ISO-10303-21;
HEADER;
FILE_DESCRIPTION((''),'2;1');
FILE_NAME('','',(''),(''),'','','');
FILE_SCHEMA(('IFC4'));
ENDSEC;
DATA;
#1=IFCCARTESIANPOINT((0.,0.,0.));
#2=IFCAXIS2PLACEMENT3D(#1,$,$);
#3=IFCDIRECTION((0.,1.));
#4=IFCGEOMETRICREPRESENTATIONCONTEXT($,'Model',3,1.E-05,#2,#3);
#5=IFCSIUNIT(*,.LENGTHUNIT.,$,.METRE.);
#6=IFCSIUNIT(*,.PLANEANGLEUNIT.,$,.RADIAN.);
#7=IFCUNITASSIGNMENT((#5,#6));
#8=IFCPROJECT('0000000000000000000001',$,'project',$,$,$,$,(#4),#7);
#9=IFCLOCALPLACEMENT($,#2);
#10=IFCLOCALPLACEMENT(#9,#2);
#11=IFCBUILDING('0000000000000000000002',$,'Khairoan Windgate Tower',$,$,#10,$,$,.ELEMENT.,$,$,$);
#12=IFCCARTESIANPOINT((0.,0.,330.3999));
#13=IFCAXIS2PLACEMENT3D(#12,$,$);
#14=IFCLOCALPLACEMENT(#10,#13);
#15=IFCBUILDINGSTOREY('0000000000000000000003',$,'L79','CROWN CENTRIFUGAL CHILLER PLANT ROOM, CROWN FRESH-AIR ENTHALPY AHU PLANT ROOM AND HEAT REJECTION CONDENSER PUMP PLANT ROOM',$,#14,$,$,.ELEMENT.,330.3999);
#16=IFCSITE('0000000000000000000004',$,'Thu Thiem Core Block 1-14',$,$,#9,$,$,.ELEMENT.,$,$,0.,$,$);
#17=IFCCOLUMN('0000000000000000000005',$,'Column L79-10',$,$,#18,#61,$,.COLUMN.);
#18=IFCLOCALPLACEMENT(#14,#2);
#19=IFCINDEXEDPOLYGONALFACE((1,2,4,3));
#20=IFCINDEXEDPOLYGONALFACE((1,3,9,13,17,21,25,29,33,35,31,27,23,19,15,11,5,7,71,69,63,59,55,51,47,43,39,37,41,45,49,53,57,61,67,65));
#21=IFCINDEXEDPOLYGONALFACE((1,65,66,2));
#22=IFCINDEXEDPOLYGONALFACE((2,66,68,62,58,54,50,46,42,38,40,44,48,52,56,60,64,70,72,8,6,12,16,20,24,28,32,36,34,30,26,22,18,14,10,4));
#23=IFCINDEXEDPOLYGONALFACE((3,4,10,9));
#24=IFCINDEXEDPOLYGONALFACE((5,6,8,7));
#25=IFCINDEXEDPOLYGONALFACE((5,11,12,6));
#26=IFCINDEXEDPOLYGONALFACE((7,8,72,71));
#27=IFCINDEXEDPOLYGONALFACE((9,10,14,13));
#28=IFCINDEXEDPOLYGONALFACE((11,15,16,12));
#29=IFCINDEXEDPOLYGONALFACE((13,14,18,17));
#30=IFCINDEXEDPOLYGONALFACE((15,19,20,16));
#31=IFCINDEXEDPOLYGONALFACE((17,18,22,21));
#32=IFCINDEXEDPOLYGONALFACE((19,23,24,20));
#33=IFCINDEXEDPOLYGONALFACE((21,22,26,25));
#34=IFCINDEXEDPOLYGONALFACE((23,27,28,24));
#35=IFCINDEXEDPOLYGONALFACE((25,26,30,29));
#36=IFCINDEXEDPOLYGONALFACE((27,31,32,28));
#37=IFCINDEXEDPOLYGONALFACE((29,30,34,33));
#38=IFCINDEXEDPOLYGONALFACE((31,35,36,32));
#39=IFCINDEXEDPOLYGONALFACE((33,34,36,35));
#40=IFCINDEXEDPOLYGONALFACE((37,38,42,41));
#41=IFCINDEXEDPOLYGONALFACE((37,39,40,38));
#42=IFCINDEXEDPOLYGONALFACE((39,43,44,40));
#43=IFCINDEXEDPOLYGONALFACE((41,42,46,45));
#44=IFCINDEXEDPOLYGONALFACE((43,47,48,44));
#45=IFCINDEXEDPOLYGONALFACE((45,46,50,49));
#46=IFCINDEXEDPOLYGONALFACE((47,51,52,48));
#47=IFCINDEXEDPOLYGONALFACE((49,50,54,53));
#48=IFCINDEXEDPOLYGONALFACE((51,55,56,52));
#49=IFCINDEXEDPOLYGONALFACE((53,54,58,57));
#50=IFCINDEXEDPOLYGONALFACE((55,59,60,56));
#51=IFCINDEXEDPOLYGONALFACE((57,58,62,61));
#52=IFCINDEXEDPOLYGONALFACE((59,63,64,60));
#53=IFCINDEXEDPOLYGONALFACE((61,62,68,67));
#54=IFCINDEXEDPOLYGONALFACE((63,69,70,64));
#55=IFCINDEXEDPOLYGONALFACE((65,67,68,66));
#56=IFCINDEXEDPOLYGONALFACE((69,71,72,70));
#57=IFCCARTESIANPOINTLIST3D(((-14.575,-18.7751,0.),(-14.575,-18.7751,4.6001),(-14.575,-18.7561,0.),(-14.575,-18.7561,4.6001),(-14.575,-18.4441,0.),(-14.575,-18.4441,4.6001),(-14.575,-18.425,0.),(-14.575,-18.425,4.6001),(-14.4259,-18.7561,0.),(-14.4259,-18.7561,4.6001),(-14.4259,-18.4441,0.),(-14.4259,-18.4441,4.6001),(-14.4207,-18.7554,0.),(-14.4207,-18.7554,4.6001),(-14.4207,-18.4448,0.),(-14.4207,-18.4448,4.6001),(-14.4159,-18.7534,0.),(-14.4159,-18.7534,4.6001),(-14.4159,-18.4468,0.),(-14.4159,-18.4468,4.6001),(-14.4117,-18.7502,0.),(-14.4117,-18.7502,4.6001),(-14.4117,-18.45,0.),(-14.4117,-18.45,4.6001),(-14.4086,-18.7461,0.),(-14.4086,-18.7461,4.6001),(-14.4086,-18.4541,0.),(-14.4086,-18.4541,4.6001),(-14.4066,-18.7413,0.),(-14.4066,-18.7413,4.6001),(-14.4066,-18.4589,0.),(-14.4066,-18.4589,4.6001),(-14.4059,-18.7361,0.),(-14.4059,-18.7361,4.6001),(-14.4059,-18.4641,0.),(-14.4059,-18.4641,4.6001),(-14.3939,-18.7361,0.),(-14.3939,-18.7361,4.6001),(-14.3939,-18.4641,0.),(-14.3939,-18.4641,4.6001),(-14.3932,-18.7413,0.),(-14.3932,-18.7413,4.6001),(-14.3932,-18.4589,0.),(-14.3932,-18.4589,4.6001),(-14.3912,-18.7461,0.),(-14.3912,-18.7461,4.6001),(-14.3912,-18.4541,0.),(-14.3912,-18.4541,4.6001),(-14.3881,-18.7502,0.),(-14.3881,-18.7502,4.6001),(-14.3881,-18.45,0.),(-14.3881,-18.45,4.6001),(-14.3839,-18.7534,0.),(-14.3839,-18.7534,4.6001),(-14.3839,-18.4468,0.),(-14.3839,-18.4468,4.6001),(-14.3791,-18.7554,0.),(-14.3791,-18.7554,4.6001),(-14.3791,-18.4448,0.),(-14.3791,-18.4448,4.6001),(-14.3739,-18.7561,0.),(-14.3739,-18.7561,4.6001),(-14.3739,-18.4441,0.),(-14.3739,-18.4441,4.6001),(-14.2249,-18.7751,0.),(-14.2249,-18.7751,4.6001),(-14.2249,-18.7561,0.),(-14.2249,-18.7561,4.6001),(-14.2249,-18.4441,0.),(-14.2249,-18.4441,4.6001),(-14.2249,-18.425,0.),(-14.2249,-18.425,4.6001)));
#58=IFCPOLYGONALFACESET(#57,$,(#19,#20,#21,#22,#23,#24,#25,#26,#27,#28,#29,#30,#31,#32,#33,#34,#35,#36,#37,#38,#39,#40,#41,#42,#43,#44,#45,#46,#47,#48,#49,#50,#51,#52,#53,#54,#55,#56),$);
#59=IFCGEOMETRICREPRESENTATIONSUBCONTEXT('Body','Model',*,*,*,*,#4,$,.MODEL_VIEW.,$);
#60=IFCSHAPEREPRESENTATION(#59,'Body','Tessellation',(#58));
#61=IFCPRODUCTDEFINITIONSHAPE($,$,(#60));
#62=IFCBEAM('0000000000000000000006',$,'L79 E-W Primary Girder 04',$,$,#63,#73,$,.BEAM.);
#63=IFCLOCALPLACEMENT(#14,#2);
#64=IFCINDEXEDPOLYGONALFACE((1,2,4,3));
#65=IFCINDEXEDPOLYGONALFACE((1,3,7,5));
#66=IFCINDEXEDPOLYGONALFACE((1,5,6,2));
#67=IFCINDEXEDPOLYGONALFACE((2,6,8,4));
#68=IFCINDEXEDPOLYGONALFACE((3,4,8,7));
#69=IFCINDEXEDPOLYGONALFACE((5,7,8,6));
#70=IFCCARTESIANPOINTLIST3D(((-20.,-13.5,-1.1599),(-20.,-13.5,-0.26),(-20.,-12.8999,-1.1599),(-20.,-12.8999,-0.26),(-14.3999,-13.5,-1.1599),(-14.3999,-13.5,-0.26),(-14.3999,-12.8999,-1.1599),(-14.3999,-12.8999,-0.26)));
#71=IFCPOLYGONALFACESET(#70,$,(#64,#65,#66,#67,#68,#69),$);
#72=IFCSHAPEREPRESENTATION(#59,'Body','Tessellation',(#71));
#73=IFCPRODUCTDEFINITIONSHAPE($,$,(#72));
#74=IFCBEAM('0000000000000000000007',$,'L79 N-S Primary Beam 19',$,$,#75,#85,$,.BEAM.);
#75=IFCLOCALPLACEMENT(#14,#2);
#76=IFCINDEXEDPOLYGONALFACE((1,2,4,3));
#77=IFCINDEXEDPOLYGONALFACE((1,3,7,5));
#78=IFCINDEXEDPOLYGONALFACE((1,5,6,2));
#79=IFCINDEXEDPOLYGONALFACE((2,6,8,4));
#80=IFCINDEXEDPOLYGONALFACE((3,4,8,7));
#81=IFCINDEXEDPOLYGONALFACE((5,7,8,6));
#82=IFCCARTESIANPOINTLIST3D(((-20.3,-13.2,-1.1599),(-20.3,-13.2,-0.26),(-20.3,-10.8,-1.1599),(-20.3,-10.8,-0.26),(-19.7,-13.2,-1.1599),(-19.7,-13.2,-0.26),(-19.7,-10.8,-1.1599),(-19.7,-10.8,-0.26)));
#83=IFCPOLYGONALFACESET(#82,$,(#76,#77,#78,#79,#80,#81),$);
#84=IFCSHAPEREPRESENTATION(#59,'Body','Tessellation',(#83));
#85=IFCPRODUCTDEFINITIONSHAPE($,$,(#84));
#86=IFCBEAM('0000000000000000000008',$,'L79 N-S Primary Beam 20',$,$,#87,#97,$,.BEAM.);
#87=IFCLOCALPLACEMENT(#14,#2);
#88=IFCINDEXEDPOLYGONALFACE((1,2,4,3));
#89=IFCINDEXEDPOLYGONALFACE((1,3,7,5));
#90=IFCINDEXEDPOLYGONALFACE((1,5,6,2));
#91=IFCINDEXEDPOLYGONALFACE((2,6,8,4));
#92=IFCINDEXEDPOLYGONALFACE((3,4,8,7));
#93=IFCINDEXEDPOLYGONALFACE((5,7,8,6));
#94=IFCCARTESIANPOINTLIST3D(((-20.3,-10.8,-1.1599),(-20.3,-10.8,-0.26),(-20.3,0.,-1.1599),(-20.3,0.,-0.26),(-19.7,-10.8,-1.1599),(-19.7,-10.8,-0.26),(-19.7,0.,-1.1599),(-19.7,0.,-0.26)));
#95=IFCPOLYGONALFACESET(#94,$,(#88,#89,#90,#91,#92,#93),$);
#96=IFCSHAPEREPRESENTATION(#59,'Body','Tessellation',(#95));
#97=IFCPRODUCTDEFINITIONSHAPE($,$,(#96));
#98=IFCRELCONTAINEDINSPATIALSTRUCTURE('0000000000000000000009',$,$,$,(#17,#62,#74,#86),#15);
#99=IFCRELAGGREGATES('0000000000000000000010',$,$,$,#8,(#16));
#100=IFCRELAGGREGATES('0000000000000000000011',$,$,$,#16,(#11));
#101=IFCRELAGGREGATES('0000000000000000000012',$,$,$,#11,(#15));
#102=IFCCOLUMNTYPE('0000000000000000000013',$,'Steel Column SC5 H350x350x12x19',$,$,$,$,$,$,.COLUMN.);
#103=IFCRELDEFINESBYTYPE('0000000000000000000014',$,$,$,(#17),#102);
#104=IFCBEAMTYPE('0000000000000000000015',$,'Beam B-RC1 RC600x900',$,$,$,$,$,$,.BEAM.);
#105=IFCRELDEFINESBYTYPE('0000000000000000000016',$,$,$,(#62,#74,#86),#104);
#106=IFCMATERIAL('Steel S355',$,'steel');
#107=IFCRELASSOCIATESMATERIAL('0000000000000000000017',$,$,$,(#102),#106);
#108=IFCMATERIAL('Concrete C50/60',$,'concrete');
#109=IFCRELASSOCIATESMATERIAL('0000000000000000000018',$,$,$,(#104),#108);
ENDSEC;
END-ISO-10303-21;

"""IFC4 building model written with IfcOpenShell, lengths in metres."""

from ifc_helpers import new_model, si_unit, direction, frame, origin, origin_2d, place, context, subcontext, project, spatial, rectangle, i_section, extrude, material, material_profile, profile_set, type_object, element, save


model = new_model("IFC4")

# Units and contexts
model_context = context("Model", 3, precision=1e-05, world=origin(), true_north=direction((0.0, 1.0)))
body_context = subcontext(model_context, "Body", "Model", "MODEL_VIEW")
ifc_project = project(units=[si_unit("LENGTHUNIT", "METRE"), si_unit("PLANEANGLEUNIT", "RADIAN")], contexts=[model_context])

# Site, building, storey
site_placement = place(None, origin())
site = spatial("IfcSite", under=ifc_project, at=site_placement, Name="Thu Thiem Core Block 1-14", CompositionType="ELEMENT", RefElevation=0.0)
building_placement = place(site_placement, origin())
building = spatial("IfcBuilding", under=site, at=building_placement, Name="Khairoan Windgate Tower", CompositionType="ELEMENT")
storey_placement = place(building_placement, frame((0.0, 0.0, 330.3999)))
storey = spatial("IfcBuildingStorey", under=building, at=storey_placement, Name="L79", Description="CROWN CENTRIFUGAL CHILLER PLANT ROOM, CROWN FRESH-AIR ENTHALPY AHU PLANT ROOM AND HEAT REJECTION CONDENSER PUMP PLANT ROOM", CompositionType="ELEMENT", Elevation=330.3999)

# Column
ifc_material_1 = material(Name="Steel S355", Category="steel")
ifc_material_profile_1 = material_profile(ifc_material_1, i_section(OverallWidth=0.3501, OverallDepth=0.3501, WebThickness=0.012, FlangeThickness=0.019, FilletRadius=0.02, at=origin_2d()))
ifc_profile_set_1 = profile_set([ifc_material_profile_1], Name="Steel S355")
column_type = type_object("IfcColumnType", Name="Steel Column SC5 H350x350x12x19", PredefinedType="COLUMN", material=ifc_profile_set_1)
column_placement = place(storey_placement, frame((-14.3999, -18.6001, 0.0), z_axis=(0.0, 0.0, 1.0), x_axis=(1.0, 0.0, 0.0)))
element("IfcColumn", 1, at=column_placement, inside=storey, type_object=column_type, Name="Column L79-10", PredefinedType="COLUMN", context=body_context, shape_type="SweptSolid", body=[
    extrude(i_section(OverallWidth=0.3501, OverallDepth=0.3501, WebThickness=0.012, FlangeThickness=0.019, FilletRadius=0.02, at=origin_2d()), origin(), (0.0, 0.0, 1.0), 4.6001),
])

# Beams
ifc_material_2 = material(Name="Concrete C50/60", Category="concrete")
ifc_material_profile_2 = material_profile(ifc_material_2, rectangle(XDim=0.6001, YDim=0.8999, at=origin_2d()))
ifc_profile_set_2 = profile_set([ifc_material_profile_2], Name="Concrete C50/60")
beam_type = type_object("IfcBeamType", Name="Beam B-RC1 RC600x900", PredefinedType="BEAM", material=ifc_profile_set_2)
beam_1_placement = place(storey_placement, frame((-20.0, -13.2, -0.71), z_axis=(1.0, 0.0, 0.0), x_axis=(0.0, 1.0, 0.0)))
element("IfcBeam", 2, at=beam_1_placement, inside=storey, type_object=beam_type, Name="L79 E-W Primary Girder 04", PredefinedType="BEAM", context=body_context, shape_type="SweptSolid", body=[
    extrude(rectangle(XDim=0.6001, YDim=0.8999, at=origin_2d()), origin(), (0.0, 0.0, 1.0), 5.6001),
])
beam_2_placement = place(storey_placement, frame((-20.0, -13.2, -0.71), z_axis=(0.0, 1.0, 0.0), x_axis=(-1.0, 0.0, 0.0)))
element("IfcBeam", 3, at=beam_2_placement, inside=storey, type_object=beam_type, Name="L79 N-S Primary Beam 19", PredefinedType="BEAM", context=body_context, shape_type="SweptSolid", body=[
    extrude(rectangle(XDim=0.6001, YDim=0.8999, at=origin_2d()), origin(), (0.0, 0.0, 1.0), 2.3999),
])
beam_3_placement = place(storey_placement, frame((-20.0, -10.8, -0.71), z_axis=(0.0, 1.0, 0.0), x_axis=(-1.0, 0.0, 0.0)))
element("IfcBeam", 4, at=beam_3_placement, inside=storey, type_object=beam_type, Name="L79 N-S Primary Beam 20", PredefinedType="BEAM", context=body_context, shape_type="SweptSolid", body=[
    extrude(rectangle(XDim=0.6001, YDim=0.8999, at=origin_2d()), origin(), (0.0, 0.0, 1.0), 10.8),
])

save(model, "model.ifc")
